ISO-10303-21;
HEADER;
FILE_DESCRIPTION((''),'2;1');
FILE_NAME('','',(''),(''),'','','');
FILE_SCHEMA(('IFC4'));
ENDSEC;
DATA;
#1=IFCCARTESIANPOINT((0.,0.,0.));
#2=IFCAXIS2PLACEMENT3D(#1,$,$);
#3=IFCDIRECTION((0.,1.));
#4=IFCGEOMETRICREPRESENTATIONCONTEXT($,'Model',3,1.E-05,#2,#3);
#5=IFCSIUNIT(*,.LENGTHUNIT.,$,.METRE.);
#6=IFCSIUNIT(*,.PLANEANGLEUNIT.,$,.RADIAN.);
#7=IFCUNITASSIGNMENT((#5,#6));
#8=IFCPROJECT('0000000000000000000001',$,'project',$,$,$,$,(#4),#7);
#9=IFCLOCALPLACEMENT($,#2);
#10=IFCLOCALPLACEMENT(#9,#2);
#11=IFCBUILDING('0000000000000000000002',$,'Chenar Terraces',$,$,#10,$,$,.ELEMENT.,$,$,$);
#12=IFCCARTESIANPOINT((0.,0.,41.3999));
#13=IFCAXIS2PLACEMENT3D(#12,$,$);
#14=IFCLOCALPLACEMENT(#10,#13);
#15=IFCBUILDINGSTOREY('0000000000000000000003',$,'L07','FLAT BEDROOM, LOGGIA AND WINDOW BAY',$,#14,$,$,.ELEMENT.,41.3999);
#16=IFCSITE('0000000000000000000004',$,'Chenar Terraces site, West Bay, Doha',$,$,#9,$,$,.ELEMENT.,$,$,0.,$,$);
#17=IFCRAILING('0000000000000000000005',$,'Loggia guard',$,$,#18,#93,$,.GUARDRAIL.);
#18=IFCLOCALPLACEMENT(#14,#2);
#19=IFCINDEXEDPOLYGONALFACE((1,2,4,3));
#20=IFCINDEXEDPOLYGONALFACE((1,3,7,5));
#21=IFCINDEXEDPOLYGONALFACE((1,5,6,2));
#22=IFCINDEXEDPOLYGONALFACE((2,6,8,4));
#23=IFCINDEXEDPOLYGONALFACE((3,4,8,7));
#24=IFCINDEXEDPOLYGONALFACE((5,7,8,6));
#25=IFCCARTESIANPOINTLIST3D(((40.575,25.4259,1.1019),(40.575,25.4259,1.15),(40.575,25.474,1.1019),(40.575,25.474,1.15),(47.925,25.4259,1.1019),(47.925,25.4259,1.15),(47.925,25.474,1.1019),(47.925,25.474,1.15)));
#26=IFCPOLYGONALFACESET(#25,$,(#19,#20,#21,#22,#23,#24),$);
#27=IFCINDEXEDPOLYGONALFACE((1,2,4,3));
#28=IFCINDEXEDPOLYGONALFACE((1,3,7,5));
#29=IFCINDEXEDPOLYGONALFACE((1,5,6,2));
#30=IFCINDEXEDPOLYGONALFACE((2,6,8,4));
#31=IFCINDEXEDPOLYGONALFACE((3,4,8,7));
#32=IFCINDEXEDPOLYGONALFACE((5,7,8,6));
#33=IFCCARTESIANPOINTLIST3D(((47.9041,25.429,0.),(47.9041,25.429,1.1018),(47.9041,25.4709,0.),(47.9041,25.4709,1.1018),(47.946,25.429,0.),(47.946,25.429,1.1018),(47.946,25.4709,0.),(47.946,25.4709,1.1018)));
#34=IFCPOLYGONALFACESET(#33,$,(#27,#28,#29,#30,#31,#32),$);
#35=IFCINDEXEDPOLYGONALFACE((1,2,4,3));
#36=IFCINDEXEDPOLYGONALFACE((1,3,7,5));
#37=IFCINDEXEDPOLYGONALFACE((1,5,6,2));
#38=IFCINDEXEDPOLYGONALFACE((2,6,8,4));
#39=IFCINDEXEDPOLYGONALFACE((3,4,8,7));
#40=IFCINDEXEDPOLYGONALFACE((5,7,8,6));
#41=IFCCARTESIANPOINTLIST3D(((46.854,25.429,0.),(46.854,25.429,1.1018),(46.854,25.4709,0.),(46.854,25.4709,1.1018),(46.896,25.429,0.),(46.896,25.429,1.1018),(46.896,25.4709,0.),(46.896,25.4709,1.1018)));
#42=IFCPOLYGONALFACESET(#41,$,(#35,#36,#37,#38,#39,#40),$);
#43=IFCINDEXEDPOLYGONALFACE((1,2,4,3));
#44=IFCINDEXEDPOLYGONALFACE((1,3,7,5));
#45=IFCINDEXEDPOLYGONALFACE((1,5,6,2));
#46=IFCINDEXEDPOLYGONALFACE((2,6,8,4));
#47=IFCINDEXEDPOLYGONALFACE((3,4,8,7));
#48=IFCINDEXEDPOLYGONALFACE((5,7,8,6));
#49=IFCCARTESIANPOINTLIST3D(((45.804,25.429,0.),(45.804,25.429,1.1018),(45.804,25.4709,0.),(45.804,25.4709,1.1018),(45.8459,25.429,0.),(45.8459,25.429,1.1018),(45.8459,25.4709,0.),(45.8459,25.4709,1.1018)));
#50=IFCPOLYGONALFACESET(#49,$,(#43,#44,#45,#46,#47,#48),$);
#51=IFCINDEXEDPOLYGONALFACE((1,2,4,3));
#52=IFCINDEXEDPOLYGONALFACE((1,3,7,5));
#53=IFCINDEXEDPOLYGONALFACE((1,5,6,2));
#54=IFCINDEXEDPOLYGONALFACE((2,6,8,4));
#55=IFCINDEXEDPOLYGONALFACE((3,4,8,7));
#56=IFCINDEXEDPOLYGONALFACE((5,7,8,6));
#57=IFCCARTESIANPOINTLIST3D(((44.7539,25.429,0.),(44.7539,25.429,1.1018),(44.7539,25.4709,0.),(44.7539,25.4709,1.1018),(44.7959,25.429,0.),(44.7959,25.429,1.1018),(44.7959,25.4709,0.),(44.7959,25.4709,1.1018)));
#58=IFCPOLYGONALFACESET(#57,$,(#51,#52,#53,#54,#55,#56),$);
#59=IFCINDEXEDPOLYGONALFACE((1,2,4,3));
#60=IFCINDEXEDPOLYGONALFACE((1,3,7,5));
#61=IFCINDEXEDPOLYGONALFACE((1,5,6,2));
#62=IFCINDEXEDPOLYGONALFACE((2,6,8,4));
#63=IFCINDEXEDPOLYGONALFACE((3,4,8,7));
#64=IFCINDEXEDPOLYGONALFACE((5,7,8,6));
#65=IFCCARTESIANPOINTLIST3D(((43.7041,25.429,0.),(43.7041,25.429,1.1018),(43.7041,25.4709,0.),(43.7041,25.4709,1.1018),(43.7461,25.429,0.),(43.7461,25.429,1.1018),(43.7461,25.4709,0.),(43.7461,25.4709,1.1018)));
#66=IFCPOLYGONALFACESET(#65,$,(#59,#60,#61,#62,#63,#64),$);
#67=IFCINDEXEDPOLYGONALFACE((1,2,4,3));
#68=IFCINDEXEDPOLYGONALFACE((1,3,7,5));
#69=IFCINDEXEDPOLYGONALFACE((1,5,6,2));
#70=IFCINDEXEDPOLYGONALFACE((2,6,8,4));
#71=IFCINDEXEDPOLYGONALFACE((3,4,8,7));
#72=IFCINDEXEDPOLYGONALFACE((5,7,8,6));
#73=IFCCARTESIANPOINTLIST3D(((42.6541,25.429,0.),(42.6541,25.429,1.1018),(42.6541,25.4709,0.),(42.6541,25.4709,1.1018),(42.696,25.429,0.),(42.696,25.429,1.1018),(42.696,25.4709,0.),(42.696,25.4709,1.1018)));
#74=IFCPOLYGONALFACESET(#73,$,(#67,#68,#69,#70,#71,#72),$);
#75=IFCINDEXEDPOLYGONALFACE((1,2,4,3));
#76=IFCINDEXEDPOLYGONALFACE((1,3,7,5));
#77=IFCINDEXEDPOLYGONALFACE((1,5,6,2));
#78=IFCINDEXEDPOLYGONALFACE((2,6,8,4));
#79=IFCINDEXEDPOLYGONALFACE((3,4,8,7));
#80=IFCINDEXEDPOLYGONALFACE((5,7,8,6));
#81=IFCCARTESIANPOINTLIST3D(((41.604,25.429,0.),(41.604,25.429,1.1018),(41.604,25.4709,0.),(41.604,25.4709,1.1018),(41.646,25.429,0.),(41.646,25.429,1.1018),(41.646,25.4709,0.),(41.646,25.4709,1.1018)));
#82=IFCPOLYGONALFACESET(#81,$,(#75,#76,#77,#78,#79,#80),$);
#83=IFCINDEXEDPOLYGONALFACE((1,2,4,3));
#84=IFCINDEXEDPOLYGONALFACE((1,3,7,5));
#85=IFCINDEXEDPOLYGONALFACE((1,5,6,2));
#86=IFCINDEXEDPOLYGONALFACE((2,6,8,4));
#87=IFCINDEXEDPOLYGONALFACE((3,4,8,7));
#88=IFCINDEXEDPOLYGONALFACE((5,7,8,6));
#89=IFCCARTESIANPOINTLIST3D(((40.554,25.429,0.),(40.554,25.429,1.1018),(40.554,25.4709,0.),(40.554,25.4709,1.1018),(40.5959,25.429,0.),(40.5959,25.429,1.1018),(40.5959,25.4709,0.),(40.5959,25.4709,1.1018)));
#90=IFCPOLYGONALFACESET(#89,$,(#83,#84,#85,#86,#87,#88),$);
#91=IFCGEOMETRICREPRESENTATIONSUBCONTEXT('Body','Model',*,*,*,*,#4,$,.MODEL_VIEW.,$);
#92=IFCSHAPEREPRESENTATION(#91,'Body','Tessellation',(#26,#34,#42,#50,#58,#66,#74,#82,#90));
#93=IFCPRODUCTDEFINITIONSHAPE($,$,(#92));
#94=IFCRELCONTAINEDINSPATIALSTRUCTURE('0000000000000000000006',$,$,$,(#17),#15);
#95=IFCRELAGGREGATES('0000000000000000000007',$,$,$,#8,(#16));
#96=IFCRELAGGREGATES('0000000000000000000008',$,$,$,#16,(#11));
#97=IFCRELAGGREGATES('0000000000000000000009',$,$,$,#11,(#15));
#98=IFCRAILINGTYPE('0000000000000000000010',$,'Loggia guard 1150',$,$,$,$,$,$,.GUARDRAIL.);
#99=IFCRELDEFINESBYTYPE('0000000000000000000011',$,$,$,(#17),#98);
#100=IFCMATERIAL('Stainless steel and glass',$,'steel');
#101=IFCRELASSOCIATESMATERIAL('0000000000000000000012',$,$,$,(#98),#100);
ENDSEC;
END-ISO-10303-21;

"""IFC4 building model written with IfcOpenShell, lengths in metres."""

from ifc_helpers import new_model, si_unit, direction, frame, origin, origin_2d, place, context, subcontext, project, spatial, rectangle, extrude, material, type_object, element, save


model = new_model("IFC4")

# Units and contexts
model_context = context("Model", 3, precision=1e-05, world=origin(), true_north=direction((0.0, 1.0)))
body_context = subcontext(model_context, "Body", "Model", "MODEL_VIEW")
ifc_project = project(units=[si_unit("LENGTHUNIT", "METRE"), si_unit("PLANEANGLEUNIT", "RADIAN")], contexts=[model_context])

# Site, building, storey
site_placement = place(None, origin())
site = spatial("IfcSite", under=ifc_project, at=site_placement, Name="Chenar Terraces site, West Bay, Doha", CompositionType="ELEMENT", RefElevation=0.0)
building_placement = place(site_placement, origin())
building = spatial("IfcBuilding", under=site, at=building_placement, Name="Chenar Terraces", CompositionType="ELEMENT")
storey_placement = place(building_placement, frame((0.0, 0.0, 41.3999)))
storey = spatial("IfcBuildingStorey", under=building, at=storey_placement, Name="L07", Description="FLAT BEDROOM, LOGGIA AND WINDOW BAY", CompositionType="ELEMENT", Elevation=41.3999)

# Railing
ifc_material_1 = material(Name="Stainless steel and glass", Category="steel")
railing_type_1 = type_object("IfcRailingType", Name="Loggia guard 1150", PredefinedType="GUARDRAIL", material=ifc_material_1)
railing_1_placement = place(storey_placement, frame((47.925, 25.45, 0.0)))
element("IfcRailing", 1, at=railing_1_placement, inside=storey, type_object=railing_type_1, Name="Loggia guard", PredefinedType="GUARDRAIL", context=body_context, shape_type="SweptSolid", body=[
    extrude(rectangle(XDim=0.0481, YDim=0.0481, at=origin_2d()), frame((0.0, 0.0, 1.126), z_axis=(-1.0, 0.0, 0.0), x_axis=(0.0, -1.0, 0.0)), (0.0, 0.0, 1.0), 7.3501),
    extrude(rectangle(XDim=0.042, YDim=0.042, at=origin_2d()), origin(), (0.0, 0.0, 1.0), 1.1018),
    extrude(rectangle(XDim=0.042, YDim=0.042, at=origin_2d()), frame((-1.05, 0.0, 0.0)), (0.0, 0.0, 1.0), 1.1018),
    extrude(rectangle(XDim=0.042, YDim=0.042, at=origin_2d()), frame((-2.1001, 0.0, 0.0)), (0.0, 0.0, 1.0), 1.1018),
    extrude(rectangle(XDim=0.042, YDim=0.042, at=origin_2d()), frame((-3.1501, 0.0, 0.0)), (0.0, 0.0, 1.0), 1.1018),
    extrude(rectangle(XDim=0.042, YDim=0.042, at=origin_2d()), frame((-4.2, 0.0, 0.0)), (0.0, 0.0, 1.0), 1.1018),
    extrude(rectangle(XDim=0.042, YDim=0.042, at=origin_2d()), frame((-5.25, 0.0, 0.0)), (0.0, 0.0, 1.0), 1.1018),
    extrude(rectangle(XDim=0.042, YDim=0.042, at=origin_2d()), frame((-6.3, 0.0, 0.0)), (0.0, 0.0, 1.0), 1.1018),
    extrude(rectangle(XDim=0.042, YDim=0.042, at=origin_2d()), frame((-7.3501, 0.0, 0.0)), (0.0, 0.0, 1.0), 1.1018),
])

save(model, "model.ifc")
